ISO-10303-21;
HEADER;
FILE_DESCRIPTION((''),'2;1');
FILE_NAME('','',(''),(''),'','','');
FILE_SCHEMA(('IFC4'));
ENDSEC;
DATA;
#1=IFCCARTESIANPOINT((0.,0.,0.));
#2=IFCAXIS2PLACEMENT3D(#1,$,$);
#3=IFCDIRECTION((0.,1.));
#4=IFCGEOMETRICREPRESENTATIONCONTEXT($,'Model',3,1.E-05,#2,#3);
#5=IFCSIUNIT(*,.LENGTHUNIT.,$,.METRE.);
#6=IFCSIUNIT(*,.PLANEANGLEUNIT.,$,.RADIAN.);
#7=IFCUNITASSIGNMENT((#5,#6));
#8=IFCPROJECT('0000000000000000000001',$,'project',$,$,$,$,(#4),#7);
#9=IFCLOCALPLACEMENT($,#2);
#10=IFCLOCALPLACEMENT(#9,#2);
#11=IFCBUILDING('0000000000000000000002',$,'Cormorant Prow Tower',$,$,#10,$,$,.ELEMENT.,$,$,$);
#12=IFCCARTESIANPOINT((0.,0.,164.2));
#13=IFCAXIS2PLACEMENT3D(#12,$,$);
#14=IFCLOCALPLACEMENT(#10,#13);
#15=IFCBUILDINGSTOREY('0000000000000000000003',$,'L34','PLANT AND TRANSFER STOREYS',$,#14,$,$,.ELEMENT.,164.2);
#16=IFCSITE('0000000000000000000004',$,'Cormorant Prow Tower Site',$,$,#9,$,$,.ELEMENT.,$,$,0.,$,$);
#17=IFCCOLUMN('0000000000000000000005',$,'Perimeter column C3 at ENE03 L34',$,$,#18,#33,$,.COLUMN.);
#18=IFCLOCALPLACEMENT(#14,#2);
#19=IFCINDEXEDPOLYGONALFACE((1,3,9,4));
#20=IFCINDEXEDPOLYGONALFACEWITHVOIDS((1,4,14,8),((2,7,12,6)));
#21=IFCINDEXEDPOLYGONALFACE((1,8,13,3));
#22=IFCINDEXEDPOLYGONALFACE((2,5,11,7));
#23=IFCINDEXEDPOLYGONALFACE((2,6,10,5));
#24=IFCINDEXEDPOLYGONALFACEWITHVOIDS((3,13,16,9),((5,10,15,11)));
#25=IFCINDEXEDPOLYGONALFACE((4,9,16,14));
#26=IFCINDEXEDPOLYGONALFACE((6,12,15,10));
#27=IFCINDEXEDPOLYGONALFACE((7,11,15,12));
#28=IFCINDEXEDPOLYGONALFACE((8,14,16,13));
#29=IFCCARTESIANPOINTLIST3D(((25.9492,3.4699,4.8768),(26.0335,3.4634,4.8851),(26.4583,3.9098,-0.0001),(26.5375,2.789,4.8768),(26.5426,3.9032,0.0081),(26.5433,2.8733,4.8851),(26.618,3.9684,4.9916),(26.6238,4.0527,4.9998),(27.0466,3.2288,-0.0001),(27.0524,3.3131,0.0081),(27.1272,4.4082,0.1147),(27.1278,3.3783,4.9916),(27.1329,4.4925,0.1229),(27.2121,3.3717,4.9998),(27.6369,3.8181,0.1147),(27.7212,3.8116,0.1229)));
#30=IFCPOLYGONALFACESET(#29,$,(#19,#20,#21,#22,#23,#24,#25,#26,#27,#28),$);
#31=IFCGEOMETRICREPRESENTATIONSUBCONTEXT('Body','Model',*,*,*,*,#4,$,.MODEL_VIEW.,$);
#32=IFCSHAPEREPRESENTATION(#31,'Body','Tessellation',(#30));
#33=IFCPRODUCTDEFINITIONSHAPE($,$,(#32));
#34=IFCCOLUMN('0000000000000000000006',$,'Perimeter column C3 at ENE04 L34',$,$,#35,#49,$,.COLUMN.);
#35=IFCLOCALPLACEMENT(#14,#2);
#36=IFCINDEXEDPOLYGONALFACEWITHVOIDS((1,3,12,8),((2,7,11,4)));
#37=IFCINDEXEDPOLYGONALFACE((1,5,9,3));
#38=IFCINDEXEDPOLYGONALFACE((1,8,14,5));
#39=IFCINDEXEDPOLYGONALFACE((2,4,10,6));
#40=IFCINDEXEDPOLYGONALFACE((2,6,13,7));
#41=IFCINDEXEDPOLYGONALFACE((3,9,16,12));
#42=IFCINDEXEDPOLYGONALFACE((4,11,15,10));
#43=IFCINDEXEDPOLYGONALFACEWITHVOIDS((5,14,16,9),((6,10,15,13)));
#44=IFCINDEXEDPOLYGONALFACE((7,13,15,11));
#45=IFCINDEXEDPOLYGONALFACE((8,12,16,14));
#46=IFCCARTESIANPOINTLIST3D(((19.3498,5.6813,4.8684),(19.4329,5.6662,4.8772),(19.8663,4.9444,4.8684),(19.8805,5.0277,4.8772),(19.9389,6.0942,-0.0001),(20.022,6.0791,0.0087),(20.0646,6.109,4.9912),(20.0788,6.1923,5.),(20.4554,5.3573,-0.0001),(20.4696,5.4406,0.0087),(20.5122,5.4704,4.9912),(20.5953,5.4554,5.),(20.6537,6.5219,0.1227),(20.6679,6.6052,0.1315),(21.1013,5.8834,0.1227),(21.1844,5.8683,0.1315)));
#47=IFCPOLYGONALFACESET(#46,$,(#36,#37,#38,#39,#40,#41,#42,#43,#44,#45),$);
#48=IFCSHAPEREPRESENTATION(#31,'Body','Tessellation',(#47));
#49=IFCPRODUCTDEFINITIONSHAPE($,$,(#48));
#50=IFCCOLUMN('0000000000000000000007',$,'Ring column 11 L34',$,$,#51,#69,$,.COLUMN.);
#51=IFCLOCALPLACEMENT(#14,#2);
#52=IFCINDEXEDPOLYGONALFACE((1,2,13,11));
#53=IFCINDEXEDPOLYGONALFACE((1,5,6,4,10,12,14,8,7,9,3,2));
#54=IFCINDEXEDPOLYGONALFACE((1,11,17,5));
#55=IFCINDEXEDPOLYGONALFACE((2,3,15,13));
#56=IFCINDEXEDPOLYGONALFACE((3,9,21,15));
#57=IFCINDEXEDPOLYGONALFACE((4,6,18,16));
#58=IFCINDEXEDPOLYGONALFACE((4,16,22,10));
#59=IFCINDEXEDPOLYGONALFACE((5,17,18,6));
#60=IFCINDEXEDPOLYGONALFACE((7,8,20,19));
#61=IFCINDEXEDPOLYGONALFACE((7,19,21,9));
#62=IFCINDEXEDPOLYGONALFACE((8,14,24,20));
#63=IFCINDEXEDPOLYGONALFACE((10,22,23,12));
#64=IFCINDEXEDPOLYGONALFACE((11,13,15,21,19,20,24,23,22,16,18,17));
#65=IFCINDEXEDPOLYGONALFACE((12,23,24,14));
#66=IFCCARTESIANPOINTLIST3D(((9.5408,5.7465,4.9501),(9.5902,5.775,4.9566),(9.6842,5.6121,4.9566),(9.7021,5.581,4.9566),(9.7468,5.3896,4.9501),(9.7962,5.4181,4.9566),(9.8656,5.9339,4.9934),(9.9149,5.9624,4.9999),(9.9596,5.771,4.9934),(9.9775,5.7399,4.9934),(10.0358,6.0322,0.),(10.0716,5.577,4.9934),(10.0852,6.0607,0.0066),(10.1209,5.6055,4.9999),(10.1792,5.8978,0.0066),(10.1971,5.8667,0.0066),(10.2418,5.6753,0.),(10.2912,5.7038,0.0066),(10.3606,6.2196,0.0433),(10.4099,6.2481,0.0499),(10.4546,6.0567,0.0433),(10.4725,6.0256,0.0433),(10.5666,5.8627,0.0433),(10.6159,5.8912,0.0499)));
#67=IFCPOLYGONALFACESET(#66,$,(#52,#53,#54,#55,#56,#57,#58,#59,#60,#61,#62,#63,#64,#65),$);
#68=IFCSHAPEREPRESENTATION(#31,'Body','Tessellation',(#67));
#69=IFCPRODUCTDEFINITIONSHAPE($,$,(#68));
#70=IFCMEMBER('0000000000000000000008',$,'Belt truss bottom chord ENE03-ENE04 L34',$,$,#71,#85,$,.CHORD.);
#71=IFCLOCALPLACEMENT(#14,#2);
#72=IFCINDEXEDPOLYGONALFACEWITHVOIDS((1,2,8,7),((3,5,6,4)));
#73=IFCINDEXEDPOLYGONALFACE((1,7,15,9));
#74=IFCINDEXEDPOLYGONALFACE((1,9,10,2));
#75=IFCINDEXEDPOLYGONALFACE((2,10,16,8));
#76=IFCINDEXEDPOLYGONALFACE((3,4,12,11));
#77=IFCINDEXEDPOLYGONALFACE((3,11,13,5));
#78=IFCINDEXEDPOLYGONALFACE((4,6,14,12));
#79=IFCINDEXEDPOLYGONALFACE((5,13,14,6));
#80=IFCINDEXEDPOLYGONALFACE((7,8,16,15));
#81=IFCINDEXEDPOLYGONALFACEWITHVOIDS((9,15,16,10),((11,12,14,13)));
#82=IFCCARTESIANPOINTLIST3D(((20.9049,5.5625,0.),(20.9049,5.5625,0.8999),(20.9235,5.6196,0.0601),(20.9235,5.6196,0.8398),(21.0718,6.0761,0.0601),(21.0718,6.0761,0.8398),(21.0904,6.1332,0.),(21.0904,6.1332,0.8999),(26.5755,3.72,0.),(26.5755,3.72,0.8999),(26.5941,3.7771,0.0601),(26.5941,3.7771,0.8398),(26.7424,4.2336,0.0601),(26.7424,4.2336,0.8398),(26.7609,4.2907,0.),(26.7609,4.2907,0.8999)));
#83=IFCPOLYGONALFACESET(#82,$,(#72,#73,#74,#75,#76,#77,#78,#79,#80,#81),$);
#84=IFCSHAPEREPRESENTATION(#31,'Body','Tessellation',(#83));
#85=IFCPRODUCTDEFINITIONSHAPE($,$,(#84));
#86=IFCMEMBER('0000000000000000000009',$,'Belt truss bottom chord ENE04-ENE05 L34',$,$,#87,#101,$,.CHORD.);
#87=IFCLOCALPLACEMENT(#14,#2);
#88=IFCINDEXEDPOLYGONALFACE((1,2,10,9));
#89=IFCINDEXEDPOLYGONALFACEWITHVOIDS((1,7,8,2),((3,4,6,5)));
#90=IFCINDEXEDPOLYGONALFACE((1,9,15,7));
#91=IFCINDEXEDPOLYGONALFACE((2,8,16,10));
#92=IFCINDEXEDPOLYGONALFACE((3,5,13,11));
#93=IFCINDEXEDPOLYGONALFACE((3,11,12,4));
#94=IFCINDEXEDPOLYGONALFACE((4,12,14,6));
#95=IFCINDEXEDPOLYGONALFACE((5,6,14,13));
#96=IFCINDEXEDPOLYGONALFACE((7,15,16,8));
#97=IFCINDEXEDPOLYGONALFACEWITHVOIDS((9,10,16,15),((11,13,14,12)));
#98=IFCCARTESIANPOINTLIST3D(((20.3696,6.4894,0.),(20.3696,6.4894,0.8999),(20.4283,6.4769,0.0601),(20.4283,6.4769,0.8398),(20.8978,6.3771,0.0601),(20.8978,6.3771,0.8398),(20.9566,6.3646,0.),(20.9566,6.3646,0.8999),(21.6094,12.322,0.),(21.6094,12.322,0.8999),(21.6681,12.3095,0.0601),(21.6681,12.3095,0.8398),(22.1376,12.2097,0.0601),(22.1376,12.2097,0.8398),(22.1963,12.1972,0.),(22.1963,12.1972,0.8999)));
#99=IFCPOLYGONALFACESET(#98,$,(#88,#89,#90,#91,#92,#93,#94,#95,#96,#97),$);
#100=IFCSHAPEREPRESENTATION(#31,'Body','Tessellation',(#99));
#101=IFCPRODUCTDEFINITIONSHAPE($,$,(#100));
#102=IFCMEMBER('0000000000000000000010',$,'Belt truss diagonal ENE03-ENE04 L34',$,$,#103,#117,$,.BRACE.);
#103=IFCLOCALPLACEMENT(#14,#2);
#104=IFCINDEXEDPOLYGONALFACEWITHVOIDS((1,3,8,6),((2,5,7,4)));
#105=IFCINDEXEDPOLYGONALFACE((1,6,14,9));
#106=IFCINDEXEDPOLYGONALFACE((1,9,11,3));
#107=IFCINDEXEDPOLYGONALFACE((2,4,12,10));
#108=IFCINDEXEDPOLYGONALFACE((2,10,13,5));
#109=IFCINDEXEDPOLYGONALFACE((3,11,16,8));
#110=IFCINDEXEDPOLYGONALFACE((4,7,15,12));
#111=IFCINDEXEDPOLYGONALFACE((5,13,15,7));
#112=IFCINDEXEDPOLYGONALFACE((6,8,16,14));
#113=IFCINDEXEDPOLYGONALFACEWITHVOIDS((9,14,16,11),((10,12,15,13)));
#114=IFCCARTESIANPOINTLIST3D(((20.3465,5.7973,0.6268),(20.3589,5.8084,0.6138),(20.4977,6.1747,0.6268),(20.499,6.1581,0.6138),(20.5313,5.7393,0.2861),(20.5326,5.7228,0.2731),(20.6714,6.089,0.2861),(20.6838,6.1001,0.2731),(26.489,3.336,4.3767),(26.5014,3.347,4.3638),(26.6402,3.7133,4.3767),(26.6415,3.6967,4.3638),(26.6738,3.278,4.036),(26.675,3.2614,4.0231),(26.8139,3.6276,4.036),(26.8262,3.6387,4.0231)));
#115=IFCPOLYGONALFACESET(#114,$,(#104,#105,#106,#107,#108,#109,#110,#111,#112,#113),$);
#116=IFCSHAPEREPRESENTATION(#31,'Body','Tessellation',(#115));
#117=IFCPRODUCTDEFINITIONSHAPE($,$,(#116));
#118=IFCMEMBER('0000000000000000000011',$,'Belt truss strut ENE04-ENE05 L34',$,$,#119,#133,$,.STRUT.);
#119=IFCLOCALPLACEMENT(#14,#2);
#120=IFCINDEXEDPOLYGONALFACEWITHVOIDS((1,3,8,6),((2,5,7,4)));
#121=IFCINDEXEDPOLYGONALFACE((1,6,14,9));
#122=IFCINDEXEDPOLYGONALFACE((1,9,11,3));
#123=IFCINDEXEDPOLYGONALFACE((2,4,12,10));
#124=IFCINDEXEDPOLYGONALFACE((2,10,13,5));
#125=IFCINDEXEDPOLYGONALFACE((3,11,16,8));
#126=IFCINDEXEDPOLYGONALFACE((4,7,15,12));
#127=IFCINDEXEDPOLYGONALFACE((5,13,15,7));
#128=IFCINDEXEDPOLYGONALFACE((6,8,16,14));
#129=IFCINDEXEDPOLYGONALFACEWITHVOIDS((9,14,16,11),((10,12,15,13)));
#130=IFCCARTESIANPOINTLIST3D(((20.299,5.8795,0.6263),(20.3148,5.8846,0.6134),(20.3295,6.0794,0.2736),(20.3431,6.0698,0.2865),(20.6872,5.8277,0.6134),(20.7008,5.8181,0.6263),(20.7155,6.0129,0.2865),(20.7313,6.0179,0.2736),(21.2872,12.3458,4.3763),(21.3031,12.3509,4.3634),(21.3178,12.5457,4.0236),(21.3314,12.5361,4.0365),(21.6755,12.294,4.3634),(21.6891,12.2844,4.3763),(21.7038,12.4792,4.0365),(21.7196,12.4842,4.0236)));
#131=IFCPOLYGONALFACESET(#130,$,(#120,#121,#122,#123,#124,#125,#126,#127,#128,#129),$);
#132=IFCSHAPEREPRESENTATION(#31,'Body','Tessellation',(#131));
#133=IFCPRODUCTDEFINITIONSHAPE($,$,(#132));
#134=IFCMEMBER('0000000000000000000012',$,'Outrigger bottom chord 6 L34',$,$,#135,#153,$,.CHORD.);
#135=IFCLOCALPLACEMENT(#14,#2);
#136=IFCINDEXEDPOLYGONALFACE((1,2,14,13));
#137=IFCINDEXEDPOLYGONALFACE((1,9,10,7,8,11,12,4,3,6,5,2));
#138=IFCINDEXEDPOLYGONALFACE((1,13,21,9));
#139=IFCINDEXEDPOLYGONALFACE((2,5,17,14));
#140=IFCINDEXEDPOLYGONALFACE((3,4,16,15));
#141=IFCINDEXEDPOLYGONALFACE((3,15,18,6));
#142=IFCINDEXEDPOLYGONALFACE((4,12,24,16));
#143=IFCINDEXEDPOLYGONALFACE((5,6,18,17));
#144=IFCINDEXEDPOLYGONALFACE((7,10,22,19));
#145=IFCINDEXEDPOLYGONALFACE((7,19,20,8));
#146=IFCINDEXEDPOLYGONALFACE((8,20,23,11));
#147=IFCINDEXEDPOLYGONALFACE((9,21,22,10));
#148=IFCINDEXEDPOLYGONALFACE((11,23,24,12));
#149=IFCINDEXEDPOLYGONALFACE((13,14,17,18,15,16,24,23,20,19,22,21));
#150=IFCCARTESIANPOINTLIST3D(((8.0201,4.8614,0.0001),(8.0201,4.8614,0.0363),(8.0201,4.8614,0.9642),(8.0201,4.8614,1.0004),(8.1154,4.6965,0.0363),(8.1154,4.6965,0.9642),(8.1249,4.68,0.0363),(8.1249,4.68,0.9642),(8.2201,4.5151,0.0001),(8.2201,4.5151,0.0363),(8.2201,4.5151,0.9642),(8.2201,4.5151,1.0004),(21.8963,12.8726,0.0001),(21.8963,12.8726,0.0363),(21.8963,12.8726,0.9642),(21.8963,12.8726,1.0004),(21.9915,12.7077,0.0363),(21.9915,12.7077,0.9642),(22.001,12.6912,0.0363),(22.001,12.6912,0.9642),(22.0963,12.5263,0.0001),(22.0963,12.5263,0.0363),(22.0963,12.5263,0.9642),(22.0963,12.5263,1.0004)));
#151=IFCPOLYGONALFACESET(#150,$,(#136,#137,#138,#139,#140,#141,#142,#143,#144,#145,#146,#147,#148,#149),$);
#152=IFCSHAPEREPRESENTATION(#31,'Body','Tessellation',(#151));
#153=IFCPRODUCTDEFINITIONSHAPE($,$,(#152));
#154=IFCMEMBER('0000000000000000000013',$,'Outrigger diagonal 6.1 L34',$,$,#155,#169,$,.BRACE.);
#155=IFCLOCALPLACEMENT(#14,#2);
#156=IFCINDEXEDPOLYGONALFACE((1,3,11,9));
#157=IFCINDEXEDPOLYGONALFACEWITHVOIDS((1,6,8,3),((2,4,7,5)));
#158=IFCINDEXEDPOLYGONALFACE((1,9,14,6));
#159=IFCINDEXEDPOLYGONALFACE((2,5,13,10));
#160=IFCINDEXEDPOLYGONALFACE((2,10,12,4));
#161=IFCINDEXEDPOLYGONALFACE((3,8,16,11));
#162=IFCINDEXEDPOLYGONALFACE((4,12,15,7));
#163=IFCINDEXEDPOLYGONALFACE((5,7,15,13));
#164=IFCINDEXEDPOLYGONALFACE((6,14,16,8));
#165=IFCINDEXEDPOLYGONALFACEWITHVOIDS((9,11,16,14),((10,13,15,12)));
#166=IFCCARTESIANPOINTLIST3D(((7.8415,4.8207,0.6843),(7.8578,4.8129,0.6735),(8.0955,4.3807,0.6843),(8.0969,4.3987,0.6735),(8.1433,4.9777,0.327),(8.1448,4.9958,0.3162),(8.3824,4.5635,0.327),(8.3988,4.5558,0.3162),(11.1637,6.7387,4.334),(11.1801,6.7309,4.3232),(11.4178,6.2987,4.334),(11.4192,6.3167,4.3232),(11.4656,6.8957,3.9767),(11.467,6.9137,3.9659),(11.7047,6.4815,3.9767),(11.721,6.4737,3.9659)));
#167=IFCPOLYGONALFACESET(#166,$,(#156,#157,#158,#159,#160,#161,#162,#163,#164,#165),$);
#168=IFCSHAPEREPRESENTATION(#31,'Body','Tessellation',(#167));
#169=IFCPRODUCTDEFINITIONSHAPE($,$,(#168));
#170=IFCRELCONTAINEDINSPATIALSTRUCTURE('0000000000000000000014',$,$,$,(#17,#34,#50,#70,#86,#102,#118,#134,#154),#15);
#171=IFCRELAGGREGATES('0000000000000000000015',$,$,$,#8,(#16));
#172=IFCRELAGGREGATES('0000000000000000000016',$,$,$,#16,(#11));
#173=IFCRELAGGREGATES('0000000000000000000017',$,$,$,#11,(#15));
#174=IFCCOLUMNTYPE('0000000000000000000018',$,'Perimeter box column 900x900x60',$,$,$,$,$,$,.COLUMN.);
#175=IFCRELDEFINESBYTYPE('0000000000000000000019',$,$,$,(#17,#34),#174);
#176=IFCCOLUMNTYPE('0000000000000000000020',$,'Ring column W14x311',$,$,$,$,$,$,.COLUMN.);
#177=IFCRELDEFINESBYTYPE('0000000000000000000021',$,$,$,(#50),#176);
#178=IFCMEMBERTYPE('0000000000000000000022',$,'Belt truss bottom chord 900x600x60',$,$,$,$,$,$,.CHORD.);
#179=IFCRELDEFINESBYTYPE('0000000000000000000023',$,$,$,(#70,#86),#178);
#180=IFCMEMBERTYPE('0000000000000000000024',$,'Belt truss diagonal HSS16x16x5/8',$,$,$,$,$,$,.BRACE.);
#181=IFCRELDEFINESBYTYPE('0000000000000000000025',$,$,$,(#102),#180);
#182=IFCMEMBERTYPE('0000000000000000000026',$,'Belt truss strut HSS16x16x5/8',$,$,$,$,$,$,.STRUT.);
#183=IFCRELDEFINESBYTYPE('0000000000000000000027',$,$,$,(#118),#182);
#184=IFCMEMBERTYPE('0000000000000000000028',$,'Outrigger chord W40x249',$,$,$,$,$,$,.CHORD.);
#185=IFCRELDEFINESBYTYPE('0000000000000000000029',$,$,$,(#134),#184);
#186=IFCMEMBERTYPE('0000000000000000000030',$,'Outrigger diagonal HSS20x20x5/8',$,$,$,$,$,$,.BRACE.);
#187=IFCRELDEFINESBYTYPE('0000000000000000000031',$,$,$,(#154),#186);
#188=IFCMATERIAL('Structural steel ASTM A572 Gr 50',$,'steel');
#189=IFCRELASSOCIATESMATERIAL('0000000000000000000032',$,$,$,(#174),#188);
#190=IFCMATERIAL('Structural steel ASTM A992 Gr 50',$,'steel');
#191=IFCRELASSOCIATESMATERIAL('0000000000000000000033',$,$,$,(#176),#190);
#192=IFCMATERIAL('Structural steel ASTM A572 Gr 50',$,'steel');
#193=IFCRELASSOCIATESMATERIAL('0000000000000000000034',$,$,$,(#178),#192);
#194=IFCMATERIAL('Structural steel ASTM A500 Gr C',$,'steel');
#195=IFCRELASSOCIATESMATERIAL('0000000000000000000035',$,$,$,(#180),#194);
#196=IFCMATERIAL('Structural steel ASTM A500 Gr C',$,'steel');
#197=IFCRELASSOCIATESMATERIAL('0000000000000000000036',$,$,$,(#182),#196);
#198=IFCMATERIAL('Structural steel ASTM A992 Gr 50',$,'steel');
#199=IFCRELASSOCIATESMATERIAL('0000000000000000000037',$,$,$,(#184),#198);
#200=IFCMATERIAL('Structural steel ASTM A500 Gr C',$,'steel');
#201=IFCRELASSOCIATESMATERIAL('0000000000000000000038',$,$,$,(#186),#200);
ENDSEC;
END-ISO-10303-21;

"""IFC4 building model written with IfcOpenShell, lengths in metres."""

from ifc_helpers import new_model, si_unit, direction, frame, origin, origin_2d, place, context, subcontext, project, spatial, hollow_rectangle, i_section, extrude, material, material_profile, profile_set, type_object, element, save


model = new_model("IFC4")

# Units and contexts
model_context = context("Model", 3, precision=1e-05, world=origin(), true_north=direction((0.0, 1.0)))
body_context = subcontext(model_context, "Body", "Model", "MODEL_VIEW")
ifc_project = project(units=[si_unit("LENGTHUNIT", "METRE"), si_unit("PLANEANGLEUNIT", "RADIAN")], contexts=[model_context])

# Site, building, storey
site_placement = place(None, origin())
site = spatial("IfcSite", under=ifc_project, at=site_placement, Name="Cormorant Prow Tower Site", CompositionType="ELEMENT", RefElevation=0.0)
building_placement = place(site_placement, origin())
building = spatial("IfcBuilding", under=site, at=building_placement, Name="Cormorant Prow Tower", CompositionType="ELEMENT")
storey_placement = place(building_placement, frame((0.0, 0.0, 164.2)))
storey = spatial("IfcBuildingStorey", under=building, at=storey_placement, Name="L34", Description="PLANT AND TRANSFER STOREYS", CompositionType="ELEMENT", Elevation=164.2)

# Columns
ifc_material_1 = material(Name="Structural steel ASTM A572 Gr 50", Category="steel")
ifc_material_profile_1 = material_profile(ifc_material_1, hollow_rectangle(XDim=0.8999, YDim=0.8999, WallThickness=0.0601, at=origin_2d()), Name="Box 900x900x60")
ifc_profile_set_1 = profile_set([ifc_material_profile_1], Name="Structural steel ASTM A572 Gr 50")
column_type_1 = type_object("IfcColumnType", Name="Perimeter box column 900x900x60", PredefinedType="COLUMN", material=ifc_profile_set_1)
column_1_placement = place(storey_placement, frame((27.0962, 3.8662, 0.0), z_axis=(-0.103415, -0.089339, 0.990618), x_axis=(0.65373, -0.756727, 0.0)))
element("IfcColumn", 1, at=column_1_placement, inside=storey, type_object=column_type_1, Name="Perimeter column C3 at ENE03 L34", PredefinedType="COLUMN", context=body_context, shape_type="SweptSolid", body=[
    extrude(hollow_rectangle(XDim=0.8999, YDim=0.8999, WallThickness=0.0601, at=origin_2d()), frame((0.0, 0.0, 0.062)), (0.0, 0.0, 1.0), 4.9231),
])
column_2_placement = place(storey_placement, frame((20.5696, 5.9868, 0.0), z_axis=(-0.119696, -0.083903, 0.989259), x_axis=(0.573994, -0.818859, 0.0)))
element("IfcColumn", 2, at=column_2_placement, inside=storey, type_object=column_type_1, Name="Perimeter column C3 at ENE04 L34", PredefinedType="COLUMN", context=body_context, shape_type="SweptSolid", body=[
    extrude(hollow_rectangle(XDim=0.8999, YDim=0.8999, WallThickness=0.0601, at=origin_2d()), frame((0.0, 0.0, 0.0664)), (0.0, 0.0, 1.0), 4.9214),
])
ifc_material_2 = material(Name="Structural steel ASTM A992 Gr 50", Category="steel")
ifc_material_profile_2 = material_profile(ifc_material_2, i_section(OverallWidth=0.4121, OverallDepth=0.4348, WebThickness=0.0359, FlangeThickness=0.0574, at=origin_2d()), Name="W14x311")
ifc_profile_set_2 = profile_set([ifc_material_profile_2], Name="Structural steel ASTM A992 Gr 50")
column_type_2 = type_object("IfcColumnType", Name="Ring column W14x311", PredefinedType="COLUMN", material=ifc_profile_set_2)
column_3_placement = place(storey_placement, frame((10.3284, 5.9631, 0.0), z_axis=(-0.09934, -0.057334, 0.9934), x_axis=(0.499869, -0.866101, 0.0)))
element("IfcColumn", 3, at=column_3_placement, inside=storey, type_object=column_type_2, Name="Ring column 11 L34", PredefinedType="COLUMN", context=body_context, shape_type="SweptSolid", body=[
    extrude(i_section(OverallWidth=0.4121, OverallDepth=0.4348, WebThickness=0.0359, FlangeThickness=0.0574, at=origin_2d()), frame((0.0, 0.0, 0.0251)), (0.0, 0.0, 1.0), 4.9829),
])

# Members
ifc_material_3 = material(Name="Structural steel ASTM A572 Gr 50", Category="steel")
ifc_material_profile_3 = material_profile(ifc_material_3, hollow_rectangle(XDim=0.6001, YDim=0.8999, WallThickness=0.0601, at=origin_2d()), Name="Box 900x600x60")
ifc_profile_set_3 = profile_set([ifc_material_profile_3], Name="Structural steel ASTM A572 Gr 50")
member_type_1 = type_object("IfcMemberType", Name="Belt truss bottom chord 900x600x60", PredefinedType="CHORD", material=ifc_profile_set_3)
member_1_placement = place(storey_placement, frame((26.6682, 4.0054, 0.45), z_axis=(-0.951055, 0.30902, 0.0), x_axis=(-0.30902, -0.951055, 0.0)))
element("IfcMember", 4, at=member_1_placement, inside=storey, type_object=member_type_1, Name="Belt truss bottom chord ENE03-ENE04 L34", PredefinedType="CHORD", context=body_context, shape_type="SweptSolid", body=[
    extrude(hollow_rectangle(XDim=0.6001, YDim=0.8999, WallThickness=0.0601, at=origin_2d()), origin(), (0.0, 0.0, 1.0), 5.9624),
])
member_2_placement = place(storey_placement, frame((20.6631, 6.427, 0.45), z_axis=(0.207913, 0.978147, 0.0), x_axis=(-0.978147, 0.207913, 0.0)))
element("IfcMember", 5, at=member_2_placement, inside=storey, type_object=member_type_1, Name="Belt truss bottom chord ENE04-ENE05 L34", PredefinedType="CHORD", context=body_context, shape_type="SweptSolid", body=[
    extrude(hollow_rectangle(XDim=0.6001, YDim=0.8999, WallThickness=0.0601, at=origin_2d()), origin(), (0.0, 0.0, 1.0), 5.9629),
])
ifc_material_4 = material(Name="Structural steel ASTM A500 Gr C", Category="steel")
ifc_material_profile_4 = material_profile(ifc_material_4, hollow_rectangle(XDim=0.4065, YDim=0.4065, WallThickness=0.0149, at=origin_2d()), Name="HSS16x16x5/8")
ifc_profile_set_4 = profile_set([ifc_material_profile_4], Name="Structural steel ASTM A500 Gr C")
member_type_2 = type_object("IfcMemberType", Name="Belt truss diagonal HSS16x16x5/8", PredefinedType="BRACE", material=ifc_profile_set_4)
member_3_placement = place(storey_placement, frame((20.5151, 5.9487, 0.45), z_axis=(0.807588, -0.323613, 0.493027), x_axis=(0.371963, 0.928248, 0.0)))
element("IfcMember", 6, at=member_3_placement, inside=storey, type_object=member_type_2, Name="Belt truss diagonal ENE03-ENE04 L34", PredefinedType="BRACE", context=body_context, shape_type="SweptSolid", body=[
    extrude(hollow_rectangle(XDim=0.4065, YDim=0.4065, WallThickness=0.0149, at=origin_2d()), origin(), (0.0, 0.0, 1.0), 7.606),
])
ifc_material_5 = material(Name="Structural steel ASTM A500 Gr C", Category="steel")
ifc_material_profile_5 = material_profile(ifc_material_5, hollow_rectangle(XDim=0.4065, YDim=0.4065, WallThickness=0.0149, at=origin_2d()), Name="HSS16x16x5/8")
ifc_profile_set_5 = profile_set([ifc_material_profile_5], Name="Structural steel ASTM A500 Gr C")
member_type_3 = type_object("IfcMemberType", Name="Belt truss strut HSS16x16x5/8", PredefinedType="STRUT", material=ifc_profile_set_5)
member_4_placement = place(storey_placement, frame((20.5151, 5.9487, 0.45), z_axis=(0.131071, 0.857595, 0.497344), x_axis=(-0.988521, 0.151081, 0.0)))
element("IfcMember", 7, at=member_4_placement, inside=storey, type_object=member_type_3, Name="Belt truss strut ENE04-ENE05 L34", PredefinedType="STRUT", context=body_context, shape_type="SweptSolid", body=[
    extrude(hollow_rectangle(XDim=0.4065, YDim=0.4065, WallThickness=0.0149, at=origin_2d()), origin(), (0.0, 0.0, 1.0), 7.54),
])
ifc_material_6 = material(Name="Structural steel ASTM A992 Gr 50", Category="steel")
ifc_material_profile_6 = material_profile(ifc_material_6, i_section(OverallWidth=0.3999, OverallDepth=1.0002, WebThickness=0.019, FlangeThickness=0.0361, at=origin_2d()), Name="W40x249")
ifc_profile_set_6 = profile_set([ifc_material_profile_6], Name="Structural steel ASTM A992 Gr 50")
member_type_4 = type_object("IfcMemberType", Name="Outrigger chord W40x249", PredefinedType="CHORD", material=ifc_profile_set_6)
member_5_placement = place(storey_placement, frame((8.1201, 4.6882, 0.5002), z_axis=(0.866031, 0.49999, 0.0), x_axis=(-0.49999, 0.866031, 0.0)))
element("IfcMember", 8, at=member_5_placement, inside=storey, type_object=member_type_4, Name="Outrigger bottom chord 6 L34", PredefinedType="CHORD", context=body_context, shape_type="SweptSolid", body=[
    extrude(i_section(OverallWidth=0.3999, OverallDepth=1.0002, WebThickness=0.019, FlangeThickness=0.0361, at=origin_2d()), origin(), (0.0, 0.0, 1.0), 16.0227),
])
ifc_material_7 = material(Name="Structural steel ASTM A500 Gr C", Category="steel")
ifc_material_profile_7 = material_profile(ifc_material_7, hollow_rectangle(XDim=0.5081, YDim=0.5081, WallThickness=0.0149, at=origin_2d()), Name="HSS20x20x5/8")
ifc_profile_set_7 = profile_set([ifc_material_profile_7], Name="Structural steel ASTM A500 Gr C")
member_type_5 = type_object("IfcMemberType", Name="Outrigger diagonal HSS20x20x5/8", PredefinedType="BRACE", material=ifc_profile_set_7)
member_6_placement = place(storey_placement, frame((8.1201, 4.6882, 0.5002), z_axis=(0.627445, 0.362229, 0.689277), x_axis=(-0.499972, 0.866041, 0.0)))
element("IfcMember", 9, at=member_6_placement, inside=storey, type_object=member_type_5, Name="Outrigger diagonal 6.1 L34", PredefinedType="BRACE", context=body_context, shape_type="SweptSolid", body=[
    extrude(hollow_rectangle(XDim=0.5081, YDim=0.5081, WallThickness=0.0149, at=origin_2d()), origin(), (0.0, 0.0, 1.0), 5.2949),
])

save(model, "model.ifc")
